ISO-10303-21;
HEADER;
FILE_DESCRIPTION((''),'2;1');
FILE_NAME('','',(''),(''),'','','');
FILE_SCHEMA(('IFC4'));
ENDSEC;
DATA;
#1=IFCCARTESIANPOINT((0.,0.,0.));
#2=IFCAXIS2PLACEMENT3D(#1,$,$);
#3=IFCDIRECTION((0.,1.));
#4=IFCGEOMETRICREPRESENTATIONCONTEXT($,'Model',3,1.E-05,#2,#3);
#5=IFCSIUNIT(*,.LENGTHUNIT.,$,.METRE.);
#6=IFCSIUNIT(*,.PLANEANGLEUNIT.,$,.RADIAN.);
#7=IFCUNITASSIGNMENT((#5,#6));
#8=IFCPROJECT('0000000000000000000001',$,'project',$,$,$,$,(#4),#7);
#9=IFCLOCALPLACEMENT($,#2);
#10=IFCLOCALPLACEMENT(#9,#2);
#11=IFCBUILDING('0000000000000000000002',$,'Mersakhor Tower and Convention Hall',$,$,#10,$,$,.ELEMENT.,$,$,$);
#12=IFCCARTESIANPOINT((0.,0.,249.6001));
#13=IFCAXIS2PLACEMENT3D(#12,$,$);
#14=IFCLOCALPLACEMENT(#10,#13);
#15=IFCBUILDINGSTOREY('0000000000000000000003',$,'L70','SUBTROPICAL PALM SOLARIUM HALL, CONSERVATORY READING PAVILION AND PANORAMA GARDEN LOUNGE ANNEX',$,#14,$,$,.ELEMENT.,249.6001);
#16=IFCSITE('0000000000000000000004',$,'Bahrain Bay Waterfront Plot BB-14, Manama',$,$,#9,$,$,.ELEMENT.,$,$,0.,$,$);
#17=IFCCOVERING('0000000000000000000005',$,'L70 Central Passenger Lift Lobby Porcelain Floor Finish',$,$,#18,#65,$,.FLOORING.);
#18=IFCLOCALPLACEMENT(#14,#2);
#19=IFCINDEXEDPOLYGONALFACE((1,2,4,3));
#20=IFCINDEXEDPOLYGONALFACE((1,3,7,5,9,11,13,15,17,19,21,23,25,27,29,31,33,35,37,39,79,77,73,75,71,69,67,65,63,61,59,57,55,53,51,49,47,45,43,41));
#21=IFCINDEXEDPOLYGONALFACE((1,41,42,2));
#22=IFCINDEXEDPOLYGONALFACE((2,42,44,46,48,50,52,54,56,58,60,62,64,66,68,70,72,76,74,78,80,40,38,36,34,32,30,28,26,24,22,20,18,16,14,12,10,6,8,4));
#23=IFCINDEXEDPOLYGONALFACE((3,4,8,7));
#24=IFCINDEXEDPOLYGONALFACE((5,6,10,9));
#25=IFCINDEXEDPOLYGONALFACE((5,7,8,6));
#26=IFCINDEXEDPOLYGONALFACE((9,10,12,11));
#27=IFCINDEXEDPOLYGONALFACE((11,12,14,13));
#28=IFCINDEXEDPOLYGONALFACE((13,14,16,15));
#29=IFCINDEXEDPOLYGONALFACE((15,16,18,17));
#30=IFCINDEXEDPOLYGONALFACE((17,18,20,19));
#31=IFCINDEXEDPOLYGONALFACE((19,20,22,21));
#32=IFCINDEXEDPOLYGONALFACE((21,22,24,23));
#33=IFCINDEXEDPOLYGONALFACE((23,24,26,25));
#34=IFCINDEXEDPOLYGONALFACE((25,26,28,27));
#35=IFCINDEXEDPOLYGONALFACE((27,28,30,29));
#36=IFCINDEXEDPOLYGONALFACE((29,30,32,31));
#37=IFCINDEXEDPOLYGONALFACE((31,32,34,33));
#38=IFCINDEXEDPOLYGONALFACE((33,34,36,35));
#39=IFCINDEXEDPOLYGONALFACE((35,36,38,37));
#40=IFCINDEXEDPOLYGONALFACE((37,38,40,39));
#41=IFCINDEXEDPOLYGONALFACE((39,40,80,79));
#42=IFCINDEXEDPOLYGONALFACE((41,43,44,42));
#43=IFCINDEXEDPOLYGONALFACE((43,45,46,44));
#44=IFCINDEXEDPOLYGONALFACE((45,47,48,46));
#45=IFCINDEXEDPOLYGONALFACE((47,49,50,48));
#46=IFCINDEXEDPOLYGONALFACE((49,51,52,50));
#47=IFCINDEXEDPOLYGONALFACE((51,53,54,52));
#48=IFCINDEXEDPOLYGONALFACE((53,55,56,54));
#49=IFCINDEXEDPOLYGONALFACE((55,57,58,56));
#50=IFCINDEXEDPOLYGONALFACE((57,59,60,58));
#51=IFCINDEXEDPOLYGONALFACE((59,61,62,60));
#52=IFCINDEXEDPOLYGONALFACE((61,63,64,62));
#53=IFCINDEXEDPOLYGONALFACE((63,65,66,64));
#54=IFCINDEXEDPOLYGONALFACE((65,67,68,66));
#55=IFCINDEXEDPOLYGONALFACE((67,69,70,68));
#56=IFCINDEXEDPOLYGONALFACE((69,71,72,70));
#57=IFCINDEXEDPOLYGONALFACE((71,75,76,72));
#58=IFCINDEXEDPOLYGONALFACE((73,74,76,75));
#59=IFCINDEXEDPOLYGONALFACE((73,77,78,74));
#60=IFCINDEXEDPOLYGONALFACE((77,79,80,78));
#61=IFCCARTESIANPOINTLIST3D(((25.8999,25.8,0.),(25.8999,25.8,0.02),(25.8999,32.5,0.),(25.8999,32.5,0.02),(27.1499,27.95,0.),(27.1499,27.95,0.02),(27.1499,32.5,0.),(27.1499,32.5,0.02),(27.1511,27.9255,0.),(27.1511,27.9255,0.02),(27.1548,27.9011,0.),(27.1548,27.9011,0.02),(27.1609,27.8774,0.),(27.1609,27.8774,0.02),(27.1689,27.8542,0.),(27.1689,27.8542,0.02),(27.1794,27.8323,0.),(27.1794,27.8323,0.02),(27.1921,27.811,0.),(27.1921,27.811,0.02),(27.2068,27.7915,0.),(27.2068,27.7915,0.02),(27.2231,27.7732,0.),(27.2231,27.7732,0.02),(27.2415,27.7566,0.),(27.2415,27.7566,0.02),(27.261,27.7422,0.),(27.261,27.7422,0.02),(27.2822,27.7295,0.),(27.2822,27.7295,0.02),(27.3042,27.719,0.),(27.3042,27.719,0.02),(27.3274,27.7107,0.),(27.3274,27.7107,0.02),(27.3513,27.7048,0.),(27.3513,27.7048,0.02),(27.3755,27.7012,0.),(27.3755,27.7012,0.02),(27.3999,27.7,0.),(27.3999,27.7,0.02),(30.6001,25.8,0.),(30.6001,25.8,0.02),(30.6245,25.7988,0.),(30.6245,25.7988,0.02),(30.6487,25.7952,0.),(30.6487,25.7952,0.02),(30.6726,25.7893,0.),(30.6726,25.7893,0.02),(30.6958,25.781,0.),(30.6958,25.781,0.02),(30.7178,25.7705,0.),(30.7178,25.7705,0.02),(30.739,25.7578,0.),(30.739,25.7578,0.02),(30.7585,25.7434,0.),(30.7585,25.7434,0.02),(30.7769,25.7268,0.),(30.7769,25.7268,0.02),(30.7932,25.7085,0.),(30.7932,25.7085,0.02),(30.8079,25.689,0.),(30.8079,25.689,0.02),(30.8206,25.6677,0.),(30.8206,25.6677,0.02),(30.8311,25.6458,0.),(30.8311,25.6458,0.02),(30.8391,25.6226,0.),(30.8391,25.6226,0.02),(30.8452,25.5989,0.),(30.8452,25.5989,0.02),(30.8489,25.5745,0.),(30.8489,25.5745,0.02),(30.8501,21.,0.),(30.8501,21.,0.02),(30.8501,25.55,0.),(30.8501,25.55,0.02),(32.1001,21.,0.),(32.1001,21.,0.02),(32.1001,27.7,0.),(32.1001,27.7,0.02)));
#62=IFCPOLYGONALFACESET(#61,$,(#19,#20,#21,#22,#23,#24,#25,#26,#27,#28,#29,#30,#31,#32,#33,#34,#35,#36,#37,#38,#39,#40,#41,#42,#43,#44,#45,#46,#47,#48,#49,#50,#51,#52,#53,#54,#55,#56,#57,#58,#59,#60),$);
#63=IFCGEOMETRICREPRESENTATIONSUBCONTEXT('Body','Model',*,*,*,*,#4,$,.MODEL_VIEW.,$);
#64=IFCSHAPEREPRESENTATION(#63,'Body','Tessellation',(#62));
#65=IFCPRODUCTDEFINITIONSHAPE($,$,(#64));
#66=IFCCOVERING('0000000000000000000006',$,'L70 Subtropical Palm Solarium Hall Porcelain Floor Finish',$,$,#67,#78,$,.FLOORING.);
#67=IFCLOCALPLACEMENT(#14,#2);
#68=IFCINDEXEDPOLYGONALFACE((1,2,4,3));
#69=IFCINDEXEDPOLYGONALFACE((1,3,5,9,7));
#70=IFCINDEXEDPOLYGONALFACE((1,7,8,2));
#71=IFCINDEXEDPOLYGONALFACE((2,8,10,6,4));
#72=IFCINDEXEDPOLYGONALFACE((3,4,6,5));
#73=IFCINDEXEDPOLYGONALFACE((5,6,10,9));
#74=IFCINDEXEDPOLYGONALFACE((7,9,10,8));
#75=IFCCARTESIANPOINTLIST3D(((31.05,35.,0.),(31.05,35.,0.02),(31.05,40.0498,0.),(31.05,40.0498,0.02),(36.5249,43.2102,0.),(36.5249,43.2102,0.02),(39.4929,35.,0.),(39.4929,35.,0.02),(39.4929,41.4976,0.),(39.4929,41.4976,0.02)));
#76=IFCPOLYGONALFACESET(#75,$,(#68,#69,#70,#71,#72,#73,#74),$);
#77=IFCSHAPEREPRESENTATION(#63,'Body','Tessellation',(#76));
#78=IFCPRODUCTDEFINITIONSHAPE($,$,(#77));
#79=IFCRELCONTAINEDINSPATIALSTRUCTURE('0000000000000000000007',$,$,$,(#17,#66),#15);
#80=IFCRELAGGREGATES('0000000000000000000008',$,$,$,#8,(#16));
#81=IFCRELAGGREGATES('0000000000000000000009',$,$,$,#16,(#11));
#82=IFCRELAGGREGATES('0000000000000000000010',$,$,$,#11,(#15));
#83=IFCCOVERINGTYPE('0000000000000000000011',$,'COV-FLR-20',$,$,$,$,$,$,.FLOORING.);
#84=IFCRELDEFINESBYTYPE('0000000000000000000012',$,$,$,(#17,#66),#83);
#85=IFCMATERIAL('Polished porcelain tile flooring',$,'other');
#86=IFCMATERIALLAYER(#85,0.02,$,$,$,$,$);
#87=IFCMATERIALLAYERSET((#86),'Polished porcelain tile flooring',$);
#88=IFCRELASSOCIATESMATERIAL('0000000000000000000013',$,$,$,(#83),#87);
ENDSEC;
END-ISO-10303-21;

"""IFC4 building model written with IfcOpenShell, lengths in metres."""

from ifc_helpers import new_model, si_unit, direction, frame, origin, place, context, subcontext, project, spatial, polyline, outline, extrude, material, layer, layer_set, type_object, element, save


model = new_model("IFC4")

# Units and contexts
model_context = context("Model", 3, precision=1e-05, world=origin(), true_north=direction((0.0, 1.0)))
body_context = subcontext(model_context, "Body", "Model", "MODEL_VIEW")
ifc_project = project(units=[si_unit("LENGTHUNIT", "METRE"), si_unit("PLANEANGLEUNIT", "RADIAN")], contexts=[model_context])

# Site, building, storey
site_placement = place(None, origin())
site = spatial("IfcSite", under=ifc_project, at=site_placement, Name="Bahrain Bay Waterfront Plot BB-14, Manama", CompositionType="ELEMENT", RefElevation=0.0)
building_placement = place(site_placement, origin())
building = spatial("IfcBuilding", under=site, at=building_placement, Name="Mersakhor Tower and Convention Hall", CompositionType="ELEMENT")
storey_placement = place(building_placement, frame((0.0, 0.0, 249.6001)))
storey = spatial("IfcBuildingStorey", under=building, at=storey_placement, Name="L70", Description="SUBTROPICAL PALM SOLARIUM HALL, CONSERVATORY READING PAVILION AND PANORAMA GARDEN LOUNGE ANNEX", CompositionType="ELEMENT", Elevation=249.6001)

# Coverings
ifc_material_1 = material(Name="Polished porcelain tile flooring", Category="other")
ifc_layer_1 = layer(ifc_material_1, 0.02)
ifc_layer_set_1 = layer_set([ifc_layer_1], Name="Polished porcelain tile flooring")
covering_type_1 = type_object("IfcCoveringType", Name="COV-FLR-20", PredefinedType="FLOORING", material=ifc_layer_set_1)
covering_1_placement = place(storey_placement, origin())
element("IfcCovering", 1, at=covering_1_placement, inside=storey, type_object=covering_type_1, Name="L70 Central Passenger Lift Lobby Porcelain Floor Finish", PredefinedType="FLOORING", context=body_context, shape_type="SweptSolid", body=[
    extrude(outline(polyline([(30.8501, 21.0), (30.8501, 25.55), (30.8489, 25.5745), (30.8452, 25.5989), (30.8391, 25.6226), (30.8311, 25.6458), (30.8206, 25.6677), (30.8079, 25.689), (30.7932, 25.7085), (30.7769, 25.7268), (30.7585, 25.7434), (30.739, 25.7578), (30.7178, 25.7705), (30.6958, 25.781), (30.6726, 25.7893), (30.6487, 25.7952), (30.6245, 25.7988), (30.6001, 25.8), (25.8999, 25.8), (25.8999, 32.5), (27.1499, 32.5), (27.1499, 27.95), (27.1511, 27.9255), (27.1548, 27.9011), (27.1609, 27.8774), (27.1689, 27.8542), (27.1794, 27.8323), (27.1921, 27.811), (27.2068, 27.7915), (27.2231, 27.7732), (27.2415, 27.7566), (27.261, 27.7422), (27.2822, 27.7295), (27.3042, 27.719), (27.3274, 27.7107), (27.3513, 27.7048), (27.3755, 27.7012), (27.3999, 27.7), (32.1001, 27.7), (32.1001, 21.0), (30.8501, 21.0)])), origin(), (0.0, 0.0, 1.0), 0.02),
])
covering_2_placement = place(storey_placement, origin())
element("IfcCovering", 2, at=covering_2_placement, inside=storey, type_object=covering_type_1, Name="L70 Subtropical Palm Solarium Hall Porcelain Floor Finish", PredefinedType="FLOORING", context=body_context, shape_type="SweptSolid", body=[
    extrude(outline(polyline([(39.4929, 35.0), (31.05, 35.0), (31.05, 40.0498), (36.5249, 43.2102), (39.4929, 41.4976), (39.4929, 35.0)])), origin(), (0.0, 0.0, 1.0), 0.02),
])

save(model, "model.ifc")
